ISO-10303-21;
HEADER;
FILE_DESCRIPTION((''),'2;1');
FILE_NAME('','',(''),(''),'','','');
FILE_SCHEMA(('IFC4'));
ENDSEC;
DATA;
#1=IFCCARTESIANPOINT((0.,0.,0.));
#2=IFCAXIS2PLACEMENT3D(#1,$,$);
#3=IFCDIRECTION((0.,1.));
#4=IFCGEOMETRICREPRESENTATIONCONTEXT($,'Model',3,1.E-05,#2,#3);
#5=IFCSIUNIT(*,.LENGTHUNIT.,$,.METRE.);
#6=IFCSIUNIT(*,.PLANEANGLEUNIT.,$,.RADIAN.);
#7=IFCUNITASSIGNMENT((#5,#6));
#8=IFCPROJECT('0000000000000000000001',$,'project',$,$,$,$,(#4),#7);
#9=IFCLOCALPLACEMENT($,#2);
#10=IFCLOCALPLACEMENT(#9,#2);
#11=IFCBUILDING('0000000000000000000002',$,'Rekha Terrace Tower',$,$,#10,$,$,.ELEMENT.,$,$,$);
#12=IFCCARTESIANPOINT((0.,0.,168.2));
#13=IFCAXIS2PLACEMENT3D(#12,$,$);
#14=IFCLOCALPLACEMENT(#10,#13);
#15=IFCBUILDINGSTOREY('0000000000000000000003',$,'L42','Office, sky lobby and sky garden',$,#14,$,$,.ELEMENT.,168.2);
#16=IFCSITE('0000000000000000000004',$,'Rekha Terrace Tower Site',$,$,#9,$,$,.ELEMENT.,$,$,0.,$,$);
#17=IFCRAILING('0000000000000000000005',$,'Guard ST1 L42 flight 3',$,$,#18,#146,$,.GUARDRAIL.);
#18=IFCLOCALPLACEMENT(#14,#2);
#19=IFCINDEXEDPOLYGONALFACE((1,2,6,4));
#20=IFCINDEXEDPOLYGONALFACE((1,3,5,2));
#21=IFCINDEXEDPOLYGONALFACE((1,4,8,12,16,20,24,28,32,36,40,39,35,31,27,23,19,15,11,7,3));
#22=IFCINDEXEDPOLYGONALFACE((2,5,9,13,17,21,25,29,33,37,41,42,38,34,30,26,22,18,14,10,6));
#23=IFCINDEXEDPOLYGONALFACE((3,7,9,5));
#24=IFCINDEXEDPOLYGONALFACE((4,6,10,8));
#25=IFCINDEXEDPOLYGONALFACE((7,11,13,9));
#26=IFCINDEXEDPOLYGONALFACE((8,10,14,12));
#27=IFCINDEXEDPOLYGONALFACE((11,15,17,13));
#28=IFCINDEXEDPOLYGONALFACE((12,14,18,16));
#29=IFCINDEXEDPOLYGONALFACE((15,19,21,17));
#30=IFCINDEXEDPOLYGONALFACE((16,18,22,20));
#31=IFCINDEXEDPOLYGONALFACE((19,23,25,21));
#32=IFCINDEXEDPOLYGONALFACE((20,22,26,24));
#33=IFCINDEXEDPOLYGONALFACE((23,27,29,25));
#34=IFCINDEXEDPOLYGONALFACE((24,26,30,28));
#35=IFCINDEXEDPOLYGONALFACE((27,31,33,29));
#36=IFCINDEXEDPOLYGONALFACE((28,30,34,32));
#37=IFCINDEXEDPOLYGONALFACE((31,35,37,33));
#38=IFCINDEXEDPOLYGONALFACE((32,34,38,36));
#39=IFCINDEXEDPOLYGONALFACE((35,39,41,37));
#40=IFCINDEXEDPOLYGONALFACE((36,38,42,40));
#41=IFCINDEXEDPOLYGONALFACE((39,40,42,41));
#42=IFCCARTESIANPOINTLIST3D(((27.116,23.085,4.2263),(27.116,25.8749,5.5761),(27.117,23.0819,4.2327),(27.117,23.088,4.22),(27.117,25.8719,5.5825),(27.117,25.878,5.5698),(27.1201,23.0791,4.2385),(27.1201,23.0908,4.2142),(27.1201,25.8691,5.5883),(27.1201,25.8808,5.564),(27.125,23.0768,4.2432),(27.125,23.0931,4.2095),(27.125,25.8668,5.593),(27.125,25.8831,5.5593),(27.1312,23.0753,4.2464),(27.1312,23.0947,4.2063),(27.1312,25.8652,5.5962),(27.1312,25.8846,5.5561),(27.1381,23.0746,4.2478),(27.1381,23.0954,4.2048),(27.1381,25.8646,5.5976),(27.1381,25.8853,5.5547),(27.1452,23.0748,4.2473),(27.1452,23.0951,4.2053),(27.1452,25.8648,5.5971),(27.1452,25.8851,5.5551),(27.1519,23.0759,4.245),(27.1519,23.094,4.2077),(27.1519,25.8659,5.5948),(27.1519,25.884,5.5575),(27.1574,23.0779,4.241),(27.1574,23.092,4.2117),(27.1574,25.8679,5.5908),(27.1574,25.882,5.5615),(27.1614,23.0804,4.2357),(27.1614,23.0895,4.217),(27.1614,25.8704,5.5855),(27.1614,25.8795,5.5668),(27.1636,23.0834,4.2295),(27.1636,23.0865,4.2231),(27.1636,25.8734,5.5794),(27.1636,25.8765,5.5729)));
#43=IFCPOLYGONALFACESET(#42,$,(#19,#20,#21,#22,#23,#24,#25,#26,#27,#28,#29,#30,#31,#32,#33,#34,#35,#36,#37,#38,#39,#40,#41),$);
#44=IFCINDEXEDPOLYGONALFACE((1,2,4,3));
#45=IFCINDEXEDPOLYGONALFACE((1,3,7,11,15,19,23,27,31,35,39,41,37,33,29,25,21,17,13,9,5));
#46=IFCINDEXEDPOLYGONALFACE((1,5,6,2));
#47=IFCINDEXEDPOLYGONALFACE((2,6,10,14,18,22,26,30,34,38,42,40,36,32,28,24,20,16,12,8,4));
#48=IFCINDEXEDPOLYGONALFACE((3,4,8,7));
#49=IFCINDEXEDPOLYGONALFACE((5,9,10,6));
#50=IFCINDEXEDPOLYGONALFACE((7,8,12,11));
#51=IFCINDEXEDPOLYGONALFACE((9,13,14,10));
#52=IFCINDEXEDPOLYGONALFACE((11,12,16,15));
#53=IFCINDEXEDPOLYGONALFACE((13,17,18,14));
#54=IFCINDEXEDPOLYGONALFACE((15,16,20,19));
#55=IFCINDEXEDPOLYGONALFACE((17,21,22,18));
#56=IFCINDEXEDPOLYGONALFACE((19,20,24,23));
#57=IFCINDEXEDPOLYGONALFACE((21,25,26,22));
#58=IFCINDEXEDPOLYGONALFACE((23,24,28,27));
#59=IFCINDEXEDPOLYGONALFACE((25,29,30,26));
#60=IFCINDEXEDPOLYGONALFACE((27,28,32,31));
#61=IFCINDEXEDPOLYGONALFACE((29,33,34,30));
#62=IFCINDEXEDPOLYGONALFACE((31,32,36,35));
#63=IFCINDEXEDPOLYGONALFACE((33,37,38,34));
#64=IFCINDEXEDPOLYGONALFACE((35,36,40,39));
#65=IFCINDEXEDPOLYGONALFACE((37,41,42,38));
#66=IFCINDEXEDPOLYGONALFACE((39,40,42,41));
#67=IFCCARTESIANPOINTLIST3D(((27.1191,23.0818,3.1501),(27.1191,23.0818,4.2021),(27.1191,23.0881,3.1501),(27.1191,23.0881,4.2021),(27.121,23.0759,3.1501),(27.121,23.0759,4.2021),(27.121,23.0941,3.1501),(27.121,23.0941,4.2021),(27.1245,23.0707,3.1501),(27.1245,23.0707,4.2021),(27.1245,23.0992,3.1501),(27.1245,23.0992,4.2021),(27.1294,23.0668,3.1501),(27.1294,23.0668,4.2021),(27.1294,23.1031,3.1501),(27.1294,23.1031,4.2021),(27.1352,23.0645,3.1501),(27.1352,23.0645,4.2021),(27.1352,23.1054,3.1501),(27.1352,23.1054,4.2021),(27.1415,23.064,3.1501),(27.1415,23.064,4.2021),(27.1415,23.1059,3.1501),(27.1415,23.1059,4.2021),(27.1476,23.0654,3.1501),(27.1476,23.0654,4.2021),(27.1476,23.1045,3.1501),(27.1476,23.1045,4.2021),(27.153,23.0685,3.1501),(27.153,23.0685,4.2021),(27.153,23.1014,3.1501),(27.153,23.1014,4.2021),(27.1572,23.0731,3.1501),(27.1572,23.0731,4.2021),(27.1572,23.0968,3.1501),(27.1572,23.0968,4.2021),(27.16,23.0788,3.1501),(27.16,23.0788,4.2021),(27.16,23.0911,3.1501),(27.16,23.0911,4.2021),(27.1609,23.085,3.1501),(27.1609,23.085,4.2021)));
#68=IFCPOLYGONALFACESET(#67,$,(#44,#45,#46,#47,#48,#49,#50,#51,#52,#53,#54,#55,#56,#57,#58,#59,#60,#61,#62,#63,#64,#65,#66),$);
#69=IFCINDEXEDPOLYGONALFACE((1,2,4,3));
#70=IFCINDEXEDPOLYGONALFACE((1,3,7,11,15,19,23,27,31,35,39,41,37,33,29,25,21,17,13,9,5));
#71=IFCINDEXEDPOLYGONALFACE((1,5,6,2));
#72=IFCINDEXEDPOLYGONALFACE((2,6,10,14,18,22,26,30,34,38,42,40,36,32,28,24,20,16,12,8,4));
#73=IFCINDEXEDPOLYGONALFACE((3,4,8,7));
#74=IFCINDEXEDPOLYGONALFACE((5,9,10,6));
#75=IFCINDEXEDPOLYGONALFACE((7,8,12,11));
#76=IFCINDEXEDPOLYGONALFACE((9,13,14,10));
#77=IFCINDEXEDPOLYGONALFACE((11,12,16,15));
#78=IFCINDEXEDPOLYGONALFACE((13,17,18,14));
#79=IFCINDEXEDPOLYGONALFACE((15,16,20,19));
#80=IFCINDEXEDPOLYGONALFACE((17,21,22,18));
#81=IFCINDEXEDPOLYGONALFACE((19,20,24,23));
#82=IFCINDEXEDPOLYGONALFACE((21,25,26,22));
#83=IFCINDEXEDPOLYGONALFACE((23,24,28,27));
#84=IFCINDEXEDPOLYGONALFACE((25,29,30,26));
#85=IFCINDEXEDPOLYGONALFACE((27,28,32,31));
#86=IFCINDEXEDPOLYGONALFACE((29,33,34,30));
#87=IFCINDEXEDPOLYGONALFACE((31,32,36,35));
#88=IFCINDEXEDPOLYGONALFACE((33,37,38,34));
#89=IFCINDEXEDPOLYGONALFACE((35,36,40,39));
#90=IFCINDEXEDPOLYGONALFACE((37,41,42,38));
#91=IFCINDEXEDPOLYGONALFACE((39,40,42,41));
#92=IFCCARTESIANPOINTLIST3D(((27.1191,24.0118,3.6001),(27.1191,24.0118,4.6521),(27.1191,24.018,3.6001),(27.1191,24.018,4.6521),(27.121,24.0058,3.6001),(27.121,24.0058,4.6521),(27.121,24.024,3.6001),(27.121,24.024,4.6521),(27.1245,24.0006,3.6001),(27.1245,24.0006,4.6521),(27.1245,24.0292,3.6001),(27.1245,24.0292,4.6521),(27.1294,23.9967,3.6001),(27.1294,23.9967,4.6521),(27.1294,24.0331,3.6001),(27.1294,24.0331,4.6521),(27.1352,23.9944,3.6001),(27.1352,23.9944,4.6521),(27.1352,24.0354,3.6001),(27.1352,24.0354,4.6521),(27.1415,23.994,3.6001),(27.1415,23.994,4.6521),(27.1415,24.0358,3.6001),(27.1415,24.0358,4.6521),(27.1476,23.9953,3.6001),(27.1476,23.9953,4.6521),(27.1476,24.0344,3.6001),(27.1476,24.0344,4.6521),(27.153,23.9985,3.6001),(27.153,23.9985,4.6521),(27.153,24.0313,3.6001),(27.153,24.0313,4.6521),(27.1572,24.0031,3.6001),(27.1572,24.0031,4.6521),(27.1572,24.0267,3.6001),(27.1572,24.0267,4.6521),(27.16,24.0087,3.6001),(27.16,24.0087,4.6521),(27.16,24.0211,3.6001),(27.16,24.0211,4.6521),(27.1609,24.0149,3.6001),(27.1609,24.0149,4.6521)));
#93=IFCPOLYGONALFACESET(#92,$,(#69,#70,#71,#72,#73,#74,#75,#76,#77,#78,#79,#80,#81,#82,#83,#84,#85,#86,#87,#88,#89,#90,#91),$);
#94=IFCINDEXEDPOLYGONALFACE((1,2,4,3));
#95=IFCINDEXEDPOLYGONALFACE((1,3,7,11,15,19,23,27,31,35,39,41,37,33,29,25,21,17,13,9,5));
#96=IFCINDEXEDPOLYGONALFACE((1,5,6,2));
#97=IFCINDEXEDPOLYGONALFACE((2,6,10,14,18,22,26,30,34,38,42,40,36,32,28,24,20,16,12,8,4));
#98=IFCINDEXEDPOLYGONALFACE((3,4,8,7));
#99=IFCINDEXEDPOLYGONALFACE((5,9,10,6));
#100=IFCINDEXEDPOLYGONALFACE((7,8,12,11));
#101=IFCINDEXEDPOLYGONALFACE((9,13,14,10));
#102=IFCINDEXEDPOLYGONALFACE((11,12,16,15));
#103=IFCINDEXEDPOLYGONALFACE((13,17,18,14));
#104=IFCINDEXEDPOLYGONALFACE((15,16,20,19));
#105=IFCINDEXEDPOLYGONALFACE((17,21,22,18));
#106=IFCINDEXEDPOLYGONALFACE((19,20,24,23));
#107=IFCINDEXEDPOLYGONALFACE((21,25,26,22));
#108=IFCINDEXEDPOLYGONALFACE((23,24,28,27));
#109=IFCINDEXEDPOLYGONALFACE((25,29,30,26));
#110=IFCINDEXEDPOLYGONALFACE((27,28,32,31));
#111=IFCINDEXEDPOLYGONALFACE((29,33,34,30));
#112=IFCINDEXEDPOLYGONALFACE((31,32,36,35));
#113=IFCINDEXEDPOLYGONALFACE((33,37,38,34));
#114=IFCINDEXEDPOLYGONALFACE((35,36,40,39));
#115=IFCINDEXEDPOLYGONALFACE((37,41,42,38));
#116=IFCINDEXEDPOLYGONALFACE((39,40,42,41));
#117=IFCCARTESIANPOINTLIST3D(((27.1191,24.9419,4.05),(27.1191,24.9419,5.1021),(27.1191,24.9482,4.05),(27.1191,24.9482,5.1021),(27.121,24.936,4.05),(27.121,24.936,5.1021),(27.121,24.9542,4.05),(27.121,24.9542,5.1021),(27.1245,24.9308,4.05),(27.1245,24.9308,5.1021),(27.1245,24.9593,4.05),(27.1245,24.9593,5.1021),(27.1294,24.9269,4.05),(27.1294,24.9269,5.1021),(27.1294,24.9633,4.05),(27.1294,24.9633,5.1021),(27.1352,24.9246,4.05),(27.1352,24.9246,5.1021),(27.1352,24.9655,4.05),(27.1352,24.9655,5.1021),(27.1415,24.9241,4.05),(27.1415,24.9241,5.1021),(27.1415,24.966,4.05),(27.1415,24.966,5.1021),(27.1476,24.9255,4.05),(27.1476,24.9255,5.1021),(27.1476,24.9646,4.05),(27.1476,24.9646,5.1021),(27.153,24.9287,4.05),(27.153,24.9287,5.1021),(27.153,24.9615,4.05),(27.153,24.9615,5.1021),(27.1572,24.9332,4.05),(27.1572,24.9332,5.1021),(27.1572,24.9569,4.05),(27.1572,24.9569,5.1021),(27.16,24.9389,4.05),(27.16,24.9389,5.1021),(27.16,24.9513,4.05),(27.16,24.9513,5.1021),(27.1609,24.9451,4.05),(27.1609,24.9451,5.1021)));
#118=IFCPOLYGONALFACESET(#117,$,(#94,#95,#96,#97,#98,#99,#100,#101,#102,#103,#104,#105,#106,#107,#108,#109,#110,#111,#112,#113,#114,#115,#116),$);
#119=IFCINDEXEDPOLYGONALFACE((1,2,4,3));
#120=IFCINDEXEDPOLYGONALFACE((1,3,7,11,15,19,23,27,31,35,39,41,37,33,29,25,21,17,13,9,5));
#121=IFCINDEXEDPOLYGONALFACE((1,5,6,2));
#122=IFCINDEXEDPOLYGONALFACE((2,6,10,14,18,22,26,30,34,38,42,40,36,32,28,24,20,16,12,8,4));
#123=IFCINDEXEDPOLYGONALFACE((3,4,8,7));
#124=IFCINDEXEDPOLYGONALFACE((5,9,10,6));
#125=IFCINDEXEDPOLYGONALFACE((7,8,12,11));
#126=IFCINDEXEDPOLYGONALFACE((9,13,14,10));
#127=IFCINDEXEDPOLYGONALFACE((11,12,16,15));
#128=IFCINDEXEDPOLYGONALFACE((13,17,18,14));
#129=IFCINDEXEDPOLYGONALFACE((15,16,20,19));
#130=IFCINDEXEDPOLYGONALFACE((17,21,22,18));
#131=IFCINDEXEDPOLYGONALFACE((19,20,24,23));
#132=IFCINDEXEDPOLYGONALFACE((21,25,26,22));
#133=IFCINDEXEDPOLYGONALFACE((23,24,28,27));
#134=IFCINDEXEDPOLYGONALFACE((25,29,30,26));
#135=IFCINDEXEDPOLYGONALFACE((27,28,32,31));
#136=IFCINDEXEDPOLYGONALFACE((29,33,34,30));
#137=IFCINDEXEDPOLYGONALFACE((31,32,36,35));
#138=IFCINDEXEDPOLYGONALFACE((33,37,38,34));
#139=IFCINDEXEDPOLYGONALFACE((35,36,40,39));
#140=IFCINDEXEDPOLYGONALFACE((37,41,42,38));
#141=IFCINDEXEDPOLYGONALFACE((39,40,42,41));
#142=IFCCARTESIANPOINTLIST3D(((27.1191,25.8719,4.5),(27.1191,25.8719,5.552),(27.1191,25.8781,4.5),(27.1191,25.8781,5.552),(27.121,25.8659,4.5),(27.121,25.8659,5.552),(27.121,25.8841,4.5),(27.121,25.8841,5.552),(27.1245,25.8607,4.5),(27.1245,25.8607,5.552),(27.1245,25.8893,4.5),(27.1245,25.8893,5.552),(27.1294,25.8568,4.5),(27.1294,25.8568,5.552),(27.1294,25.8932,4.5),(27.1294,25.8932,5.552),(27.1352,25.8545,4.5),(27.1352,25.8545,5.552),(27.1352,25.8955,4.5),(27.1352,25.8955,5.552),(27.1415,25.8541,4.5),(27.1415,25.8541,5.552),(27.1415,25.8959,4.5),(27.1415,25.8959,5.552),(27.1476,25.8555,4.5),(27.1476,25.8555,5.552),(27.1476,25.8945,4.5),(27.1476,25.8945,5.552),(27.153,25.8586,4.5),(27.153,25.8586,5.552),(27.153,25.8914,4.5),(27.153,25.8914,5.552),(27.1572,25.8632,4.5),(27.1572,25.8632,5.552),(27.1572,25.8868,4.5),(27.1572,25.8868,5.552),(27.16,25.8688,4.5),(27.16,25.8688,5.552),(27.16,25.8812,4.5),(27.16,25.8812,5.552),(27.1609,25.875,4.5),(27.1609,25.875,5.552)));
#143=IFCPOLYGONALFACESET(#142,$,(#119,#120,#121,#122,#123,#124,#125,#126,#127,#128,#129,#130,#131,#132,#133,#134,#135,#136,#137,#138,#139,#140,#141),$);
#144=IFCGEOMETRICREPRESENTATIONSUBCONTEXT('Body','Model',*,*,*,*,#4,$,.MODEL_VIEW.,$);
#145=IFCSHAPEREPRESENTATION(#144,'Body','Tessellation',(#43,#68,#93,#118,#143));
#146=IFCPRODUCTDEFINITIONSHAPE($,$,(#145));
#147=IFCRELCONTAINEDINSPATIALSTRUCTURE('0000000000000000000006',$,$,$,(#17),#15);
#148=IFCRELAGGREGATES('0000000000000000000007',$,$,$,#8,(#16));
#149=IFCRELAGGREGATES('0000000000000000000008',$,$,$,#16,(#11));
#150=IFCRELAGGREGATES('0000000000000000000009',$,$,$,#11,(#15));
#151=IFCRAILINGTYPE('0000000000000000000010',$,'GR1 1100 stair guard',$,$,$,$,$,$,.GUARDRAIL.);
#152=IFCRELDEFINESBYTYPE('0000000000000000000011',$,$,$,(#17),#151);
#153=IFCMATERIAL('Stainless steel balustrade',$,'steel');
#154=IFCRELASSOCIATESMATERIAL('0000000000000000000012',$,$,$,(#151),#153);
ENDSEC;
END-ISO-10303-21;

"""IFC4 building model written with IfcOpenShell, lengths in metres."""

from ifc_helpers import new_model, si_unit, direction, frame, origin, origin_2d, place, context, subcontext, project, spatial, circle, extrude, material, type_object, element, save


model = new_model("IFC4")

# Units and contexts
model_context = context("Model", 3, precision=1e-05, world=origin(), true_north=direction((0.0, 1.0)))
body_context = subcontext(model_context, "Body", "Model", "MODEL_VIEW")
ifc_project = project(units=[si_unit("LENGTHUNIT", "METRE"), si_unit("PLANEANGLEUNIT", "RADIAN")], contexts=[model_context])

# Site, building, storey
site_placement = place(None, origin())
site = spatial("IfcSite", under=ifc_project, at=site_placement, Name="Rekha Terrace Tower Site", CompositionType="ELEMENT", RefElevation=0.0)
building_placement = place(site_placement, origin())
building = spatial("IfcBuilding", under=site, at=building_placement, Name="Rekha Terrace Tower", CompositionType="ELEMENT")
storey_placement = place(building_placement, frame((0.0, 0.0, 168.2)))
storey = spatial("IfcBuildingStorey", under=building, at=storey_placement, Name="L42", Description="Office, sky lobby and sky garden", CompositionType="ELEMENT", Elevation=168.2)

# Railing
ifc_material_1 = material(Name="Stainless steel balustrade", Category="steel")
railing_type_1 = type_object("IfcRailingType", Name="GR1 1100 stair guard", PredefinedType="GUARDRAIL", material=ifc_material_1)
railing_1_placement = place(storey_placement, frame((27.1399, 23.085, 3.1501)))
element("IfcRailing", 1, at=railing_1_placement, inside=storey, type_object=railing_type_1, Name="Guard ST1 L42 flight 3", PredefinedType="GUARDRAIL", context=body_context, shape_type="SweptSolid", body=[
    extrude(circle(Radius=0.0239, at=origin_2d()), frame((0.0, 0.0, 1.0762), z_axis=(0.0, 0.90018, 0.435518), x_axis=(-1.0, 0.0, 0.0)), (0.0, 0.0, 1.0), 3.0994),
    extrude(circle(Radius=0.021, at=origin_2d()), origin(), (0.0, 0.0, 1.0), 1.052),
    extrude(circle(Radius=0.021, at=origin_2d()), frame((0.0, 0.9299, 0.45)), (0.0, 0.0, 1.0), 1.052),
    extrude(circle(Radius=0.021, at=origin_2d()), frame((0.0, 1.8601, 0.8999)), (0.0, 0.0, 1.0), 1.052),
    extrude(circle(Radius=0.021, at=origin_2d()), frame((0.0, 2.79, 1.3499)), (0.0, 0.0, 1.0), 1.052),
])

save(model, "model.ifc")
